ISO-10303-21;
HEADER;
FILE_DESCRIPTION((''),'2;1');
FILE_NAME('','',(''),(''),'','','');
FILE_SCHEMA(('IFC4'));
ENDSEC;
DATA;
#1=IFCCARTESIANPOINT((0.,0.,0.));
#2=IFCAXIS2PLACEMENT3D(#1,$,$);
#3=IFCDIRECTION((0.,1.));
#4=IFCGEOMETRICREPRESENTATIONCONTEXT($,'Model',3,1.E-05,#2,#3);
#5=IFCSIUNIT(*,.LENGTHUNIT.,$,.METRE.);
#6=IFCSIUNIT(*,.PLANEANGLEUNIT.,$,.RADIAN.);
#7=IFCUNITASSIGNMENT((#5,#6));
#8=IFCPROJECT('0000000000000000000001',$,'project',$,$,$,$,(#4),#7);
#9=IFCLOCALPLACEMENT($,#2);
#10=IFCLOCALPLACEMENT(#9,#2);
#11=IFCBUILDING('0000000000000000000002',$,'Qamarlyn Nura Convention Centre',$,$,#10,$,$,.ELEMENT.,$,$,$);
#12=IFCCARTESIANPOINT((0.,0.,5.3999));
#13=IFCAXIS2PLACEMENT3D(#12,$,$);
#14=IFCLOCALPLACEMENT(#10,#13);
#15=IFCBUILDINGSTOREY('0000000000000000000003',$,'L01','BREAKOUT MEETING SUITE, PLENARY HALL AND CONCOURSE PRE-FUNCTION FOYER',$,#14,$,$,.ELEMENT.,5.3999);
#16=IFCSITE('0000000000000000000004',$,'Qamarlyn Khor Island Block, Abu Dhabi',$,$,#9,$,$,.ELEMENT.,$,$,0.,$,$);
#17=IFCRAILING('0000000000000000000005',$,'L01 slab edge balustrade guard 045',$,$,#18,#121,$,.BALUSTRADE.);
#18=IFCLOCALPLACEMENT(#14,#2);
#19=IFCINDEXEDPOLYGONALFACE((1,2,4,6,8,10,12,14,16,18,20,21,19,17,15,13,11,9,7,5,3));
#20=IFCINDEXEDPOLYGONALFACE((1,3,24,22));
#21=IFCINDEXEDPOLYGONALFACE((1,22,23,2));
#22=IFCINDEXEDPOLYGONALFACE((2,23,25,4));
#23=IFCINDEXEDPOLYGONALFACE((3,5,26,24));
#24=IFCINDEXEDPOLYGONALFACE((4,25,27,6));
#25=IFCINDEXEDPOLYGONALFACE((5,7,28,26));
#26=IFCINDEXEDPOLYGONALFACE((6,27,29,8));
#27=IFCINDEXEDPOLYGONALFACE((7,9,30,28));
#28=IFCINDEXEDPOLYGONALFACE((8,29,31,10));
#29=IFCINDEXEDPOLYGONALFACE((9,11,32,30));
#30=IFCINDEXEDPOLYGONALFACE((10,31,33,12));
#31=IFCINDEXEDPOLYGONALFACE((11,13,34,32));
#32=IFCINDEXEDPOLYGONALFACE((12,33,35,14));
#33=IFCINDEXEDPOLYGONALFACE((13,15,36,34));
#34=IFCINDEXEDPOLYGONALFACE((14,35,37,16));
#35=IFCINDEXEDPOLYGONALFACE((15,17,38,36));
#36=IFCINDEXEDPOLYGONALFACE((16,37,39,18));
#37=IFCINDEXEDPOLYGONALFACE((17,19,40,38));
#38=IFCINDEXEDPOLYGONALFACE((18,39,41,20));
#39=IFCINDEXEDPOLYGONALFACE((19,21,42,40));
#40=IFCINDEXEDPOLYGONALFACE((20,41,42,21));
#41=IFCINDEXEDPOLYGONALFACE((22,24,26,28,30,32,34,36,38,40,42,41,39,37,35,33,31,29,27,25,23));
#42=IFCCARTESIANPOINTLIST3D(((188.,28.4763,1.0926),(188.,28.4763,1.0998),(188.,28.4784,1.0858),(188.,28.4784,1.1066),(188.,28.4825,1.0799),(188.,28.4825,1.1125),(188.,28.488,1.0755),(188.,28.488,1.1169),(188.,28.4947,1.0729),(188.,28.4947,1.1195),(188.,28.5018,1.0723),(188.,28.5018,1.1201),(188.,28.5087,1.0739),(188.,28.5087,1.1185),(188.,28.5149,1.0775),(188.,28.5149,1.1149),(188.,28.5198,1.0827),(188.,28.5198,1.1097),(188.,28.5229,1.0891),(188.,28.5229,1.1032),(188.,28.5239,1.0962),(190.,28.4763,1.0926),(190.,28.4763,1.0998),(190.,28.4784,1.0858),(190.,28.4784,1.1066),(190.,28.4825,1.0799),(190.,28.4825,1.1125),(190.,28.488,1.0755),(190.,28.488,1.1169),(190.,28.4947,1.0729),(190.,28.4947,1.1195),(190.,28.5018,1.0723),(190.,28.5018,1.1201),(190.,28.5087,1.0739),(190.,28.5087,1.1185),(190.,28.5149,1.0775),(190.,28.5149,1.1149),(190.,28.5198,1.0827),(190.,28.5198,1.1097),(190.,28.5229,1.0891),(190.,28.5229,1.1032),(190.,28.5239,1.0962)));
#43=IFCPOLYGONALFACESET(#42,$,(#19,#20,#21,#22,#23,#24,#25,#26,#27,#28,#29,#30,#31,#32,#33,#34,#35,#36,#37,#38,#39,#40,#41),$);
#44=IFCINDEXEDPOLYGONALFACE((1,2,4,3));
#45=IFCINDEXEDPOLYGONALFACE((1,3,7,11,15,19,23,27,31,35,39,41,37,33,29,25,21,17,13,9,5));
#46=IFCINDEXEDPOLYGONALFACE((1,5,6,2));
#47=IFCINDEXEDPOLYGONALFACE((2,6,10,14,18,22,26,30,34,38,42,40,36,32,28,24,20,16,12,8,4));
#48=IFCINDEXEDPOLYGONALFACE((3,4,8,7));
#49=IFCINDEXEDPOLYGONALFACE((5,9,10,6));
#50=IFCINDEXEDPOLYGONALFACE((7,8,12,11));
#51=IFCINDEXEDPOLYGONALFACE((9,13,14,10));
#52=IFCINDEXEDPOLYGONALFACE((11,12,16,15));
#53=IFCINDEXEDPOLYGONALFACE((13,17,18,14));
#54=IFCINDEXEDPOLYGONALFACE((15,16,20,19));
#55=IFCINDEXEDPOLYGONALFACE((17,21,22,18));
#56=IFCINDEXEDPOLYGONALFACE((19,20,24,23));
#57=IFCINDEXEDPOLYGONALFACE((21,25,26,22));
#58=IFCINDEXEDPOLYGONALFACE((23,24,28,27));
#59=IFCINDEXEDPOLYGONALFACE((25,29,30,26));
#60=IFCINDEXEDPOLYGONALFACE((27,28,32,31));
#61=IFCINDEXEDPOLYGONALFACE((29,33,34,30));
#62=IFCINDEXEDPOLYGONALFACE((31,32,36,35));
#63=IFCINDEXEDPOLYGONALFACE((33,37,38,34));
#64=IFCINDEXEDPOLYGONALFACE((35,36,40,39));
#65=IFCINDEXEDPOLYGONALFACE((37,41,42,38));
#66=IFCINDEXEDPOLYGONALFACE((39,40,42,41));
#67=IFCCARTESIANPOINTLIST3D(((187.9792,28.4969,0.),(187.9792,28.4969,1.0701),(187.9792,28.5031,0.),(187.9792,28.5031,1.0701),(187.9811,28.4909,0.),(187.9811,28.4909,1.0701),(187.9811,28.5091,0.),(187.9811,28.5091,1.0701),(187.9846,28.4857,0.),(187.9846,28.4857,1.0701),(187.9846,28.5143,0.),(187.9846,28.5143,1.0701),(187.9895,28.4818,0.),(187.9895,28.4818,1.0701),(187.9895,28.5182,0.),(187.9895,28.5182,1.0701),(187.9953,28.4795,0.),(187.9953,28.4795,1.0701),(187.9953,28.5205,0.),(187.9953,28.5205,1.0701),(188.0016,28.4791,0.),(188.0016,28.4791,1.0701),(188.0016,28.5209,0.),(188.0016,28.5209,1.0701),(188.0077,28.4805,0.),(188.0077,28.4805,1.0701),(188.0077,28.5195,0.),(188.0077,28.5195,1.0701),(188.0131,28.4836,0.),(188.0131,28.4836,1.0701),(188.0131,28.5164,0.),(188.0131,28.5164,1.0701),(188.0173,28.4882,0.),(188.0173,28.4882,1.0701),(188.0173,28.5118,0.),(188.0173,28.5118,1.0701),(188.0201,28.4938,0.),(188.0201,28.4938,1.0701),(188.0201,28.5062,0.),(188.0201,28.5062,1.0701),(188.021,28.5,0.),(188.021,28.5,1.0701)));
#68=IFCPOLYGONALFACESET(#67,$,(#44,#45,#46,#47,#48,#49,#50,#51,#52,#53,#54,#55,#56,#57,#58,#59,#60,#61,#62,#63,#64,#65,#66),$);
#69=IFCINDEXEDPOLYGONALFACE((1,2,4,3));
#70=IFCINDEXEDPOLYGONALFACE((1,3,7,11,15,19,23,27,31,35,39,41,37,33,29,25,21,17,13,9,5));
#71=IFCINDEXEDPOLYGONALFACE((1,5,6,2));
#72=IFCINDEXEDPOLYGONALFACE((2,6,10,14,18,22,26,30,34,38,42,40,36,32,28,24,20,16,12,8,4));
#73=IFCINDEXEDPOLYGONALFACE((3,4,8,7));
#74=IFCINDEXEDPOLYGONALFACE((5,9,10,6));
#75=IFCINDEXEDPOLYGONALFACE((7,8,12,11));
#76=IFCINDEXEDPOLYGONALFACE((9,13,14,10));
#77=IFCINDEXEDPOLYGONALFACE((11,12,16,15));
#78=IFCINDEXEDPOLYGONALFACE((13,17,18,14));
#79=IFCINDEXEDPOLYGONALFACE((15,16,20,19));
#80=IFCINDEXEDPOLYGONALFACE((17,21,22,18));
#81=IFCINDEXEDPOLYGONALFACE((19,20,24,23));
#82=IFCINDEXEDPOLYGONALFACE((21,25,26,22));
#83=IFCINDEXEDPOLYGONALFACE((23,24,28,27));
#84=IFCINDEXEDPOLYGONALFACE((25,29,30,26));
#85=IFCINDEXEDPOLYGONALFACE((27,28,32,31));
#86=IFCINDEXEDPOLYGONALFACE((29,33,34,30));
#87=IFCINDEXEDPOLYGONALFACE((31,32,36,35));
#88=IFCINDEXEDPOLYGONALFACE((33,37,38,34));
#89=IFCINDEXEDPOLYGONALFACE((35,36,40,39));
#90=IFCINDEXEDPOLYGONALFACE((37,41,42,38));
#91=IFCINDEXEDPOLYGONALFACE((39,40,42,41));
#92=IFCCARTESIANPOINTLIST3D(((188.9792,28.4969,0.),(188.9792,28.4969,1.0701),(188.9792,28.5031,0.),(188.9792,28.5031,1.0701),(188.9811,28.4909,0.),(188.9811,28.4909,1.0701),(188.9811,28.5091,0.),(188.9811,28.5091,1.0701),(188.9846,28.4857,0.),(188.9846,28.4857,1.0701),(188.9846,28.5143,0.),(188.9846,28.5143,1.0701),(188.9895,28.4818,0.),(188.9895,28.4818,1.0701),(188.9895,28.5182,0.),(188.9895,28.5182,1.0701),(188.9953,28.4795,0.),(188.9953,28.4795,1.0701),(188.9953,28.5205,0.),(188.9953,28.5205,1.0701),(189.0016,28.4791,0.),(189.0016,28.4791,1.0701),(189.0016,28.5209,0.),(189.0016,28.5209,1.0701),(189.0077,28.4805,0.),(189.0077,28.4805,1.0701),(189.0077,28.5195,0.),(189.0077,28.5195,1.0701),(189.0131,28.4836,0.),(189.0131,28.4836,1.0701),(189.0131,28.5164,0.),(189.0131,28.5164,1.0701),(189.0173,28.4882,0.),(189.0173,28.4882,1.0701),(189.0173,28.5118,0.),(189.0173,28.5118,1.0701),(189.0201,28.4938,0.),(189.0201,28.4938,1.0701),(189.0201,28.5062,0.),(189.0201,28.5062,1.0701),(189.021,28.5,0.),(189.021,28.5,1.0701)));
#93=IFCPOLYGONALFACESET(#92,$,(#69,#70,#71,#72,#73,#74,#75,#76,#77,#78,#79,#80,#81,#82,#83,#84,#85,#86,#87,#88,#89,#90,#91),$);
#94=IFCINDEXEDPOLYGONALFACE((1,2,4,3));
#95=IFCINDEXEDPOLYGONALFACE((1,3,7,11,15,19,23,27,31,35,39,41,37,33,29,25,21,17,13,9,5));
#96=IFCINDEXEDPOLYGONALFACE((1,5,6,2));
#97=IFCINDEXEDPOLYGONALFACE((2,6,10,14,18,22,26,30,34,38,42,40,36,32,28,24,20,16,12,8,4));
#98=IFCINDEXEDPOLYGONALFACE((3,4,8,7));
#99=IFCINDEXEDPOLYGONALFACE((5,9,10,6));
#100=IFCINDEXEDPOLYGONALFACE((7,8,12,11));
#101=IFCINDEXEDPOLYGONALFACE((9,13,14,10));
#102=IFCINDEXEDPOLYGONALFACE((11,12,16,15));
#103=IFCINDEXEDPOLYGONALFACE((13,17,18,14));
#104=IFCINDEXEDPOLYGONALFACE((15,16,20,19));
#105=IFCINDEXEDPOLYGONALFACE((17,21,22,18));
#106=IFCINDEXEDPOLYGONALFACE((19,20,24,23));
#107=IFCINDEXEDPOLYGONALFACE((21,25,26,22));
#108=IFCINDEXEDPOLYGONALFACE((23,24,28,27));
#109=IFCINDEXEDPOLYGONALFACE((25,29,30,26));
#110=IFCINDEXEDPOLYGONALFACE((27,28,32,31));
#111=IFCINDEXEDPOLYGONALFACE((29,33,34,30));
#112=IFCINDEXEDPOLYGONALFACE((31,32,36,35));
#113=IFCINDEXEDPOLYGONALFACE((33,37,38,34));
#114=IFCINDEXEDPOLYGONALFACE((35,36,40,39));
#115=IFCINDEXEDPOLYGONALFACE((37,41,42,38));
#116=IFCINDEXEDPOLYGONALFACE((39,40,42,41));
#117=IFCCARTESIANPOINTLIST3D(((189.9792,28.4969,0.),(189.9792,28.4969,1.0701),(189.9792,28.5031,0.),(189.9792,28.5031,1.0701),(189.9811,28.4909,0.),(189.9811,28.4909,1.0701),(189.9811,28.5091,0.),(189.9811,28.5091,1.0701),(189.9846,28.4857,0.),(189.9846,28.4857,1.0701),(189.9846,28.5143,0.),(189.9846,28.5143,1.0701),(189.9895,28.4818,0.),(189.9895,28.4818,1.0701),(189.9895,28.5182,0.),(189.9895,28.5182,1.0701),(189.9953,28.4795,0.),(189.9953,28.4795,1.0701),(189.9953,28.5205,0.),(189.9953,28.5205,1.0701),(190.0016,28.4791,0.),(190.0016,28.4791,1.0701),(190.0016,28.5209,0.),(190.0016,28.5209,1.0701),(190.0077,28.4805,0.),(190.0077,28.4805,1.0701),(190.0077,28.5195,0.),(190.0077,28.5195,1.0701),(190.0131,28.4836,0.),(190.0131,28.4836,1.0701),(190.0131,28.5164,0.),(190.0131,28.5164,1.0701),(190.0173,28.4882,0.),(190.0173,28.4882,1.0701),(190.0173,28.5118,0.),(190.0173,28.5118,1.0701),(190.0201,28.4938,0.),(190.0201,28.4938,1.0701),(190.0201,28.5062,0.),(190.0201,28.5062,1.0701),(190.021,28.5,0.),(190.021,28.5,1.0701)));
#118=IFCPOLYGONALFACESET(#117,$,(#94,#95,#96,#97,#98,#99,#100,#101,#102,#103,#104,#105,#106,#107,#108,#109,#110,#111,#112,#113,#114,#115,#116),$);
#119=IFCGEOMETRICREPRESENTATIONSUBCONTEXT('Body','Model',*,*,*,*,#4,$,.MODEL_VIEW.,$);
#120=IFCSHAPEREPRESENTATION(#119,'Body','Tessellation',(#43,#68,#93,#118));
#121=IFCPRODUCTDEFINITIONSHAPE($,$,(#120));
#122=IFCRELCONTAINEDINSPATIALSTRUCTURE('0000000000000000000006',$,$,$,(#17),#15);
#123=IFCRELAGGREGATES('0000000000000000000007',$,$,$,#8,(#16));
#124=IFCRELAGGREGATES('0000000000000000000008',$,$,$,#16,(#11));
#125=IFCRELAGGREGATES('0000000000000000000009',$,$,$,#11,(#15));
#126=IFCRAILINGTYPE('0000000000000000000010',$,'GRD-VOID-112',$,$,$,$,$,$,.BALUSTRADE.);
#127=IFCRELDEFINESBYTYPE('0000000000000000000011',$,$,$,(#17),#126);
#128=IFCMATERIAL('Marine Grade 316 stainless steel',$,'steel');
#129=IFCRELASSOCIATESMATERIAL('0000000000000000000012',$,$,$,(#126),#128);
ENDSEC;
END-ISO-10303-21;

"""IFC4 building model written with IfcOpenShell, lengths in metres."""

from ifc_helpers import new_model, si_unit, direction, frame, origin, origin_2d, place, context, subcontext, project, spatial, circle, extrude, material, type_object, element, save


model = new_model("IFC4")

# Units and contexts
model_context = context("Model", 3, precision=1e-05, world=origin(), true_north=direction((0.0, 1.0)))
body_context = subcontext(model_context, "Body", "Model", "MODEL_VIEW")
ifc_project = project(units=[si_unit("LENGTHUNIT", "METRE"), si_unit("PLANEANGLEUNIT", "RADIAN")], contexts=[model_context])

# Site, building, storey
site_placement = place(None, origin())
site = spatial("IfcSite", under=ifc_project, at=site_placement, Name="Qamarlyn Khor Island Block, Abu Dhabi", CompositionType="ELEMENT", RefElevation=0.0)
building_placement = place(site_placement, origin())
building = spatial("IfcBuilding", under=site, at=building_placement, Name="Qamarlyn Nura Convention Centre", CompositionType="ELEMENT")
storey_placement = place(building_placement, frame((0.0, 0.0, 5.3999)))
storey = spatial("IfcBuildingStorey", under=building, at=storey_placement, Name="L01", Description="BREAKOUT MEETING SUITE, PLENARY HALL AND CONCOURSE PRE-FUNCTION FOYER", CompositionType="ELEMENT", Elevation=5.3999)

# Railing
ifc_material_1 = material(Name="Marine Grade 316 stainless steel", Category="steel")
railing_type_1 = type_object("IfcRailingType", Name="GRD-VOID-112", PredefinedType="BALUSTRADE", material=ifc_material_1)
railing_1_placement = place(storey_placement, frame((188.0, 28.5, 0.0)))
element("IfcRailing", 1, at=railing_1_placement, inside=storey, type_object=railing_type_1, Name="L01 slab edge balustrade guard 045", PredefinedType="BALUSTRADE", context=body_context, shape_type="SweptSolid", body=[
    extrude(circle(Radius=0.0239, at=origin_2d()), frame((0.0, 0.0, 1.0962), z_axis=(1.0, 0.0, 0.0), x_axis=(0.0, 1.0, 0.0)), (0.0, 0.0, 1.0), 2.0),
    extrude(circle(Radius=0.021, at=origin_2d()), origin(), (0.0, 0.0, 1.0), 1.0701),
    extrude(circle(Radius=0.021, at=origin_2d()), frame((1.0, 0.0, 0.0)), (0.0, 0.0, 1.0), 1.0701),
    extrude(circle(Radius=0.021, at=origin_2d()), frame((2.0, 0.0, 0.0)), (0.0, 0.0, 1.0), 1.0701),
])

save(model, "model.ifc")
